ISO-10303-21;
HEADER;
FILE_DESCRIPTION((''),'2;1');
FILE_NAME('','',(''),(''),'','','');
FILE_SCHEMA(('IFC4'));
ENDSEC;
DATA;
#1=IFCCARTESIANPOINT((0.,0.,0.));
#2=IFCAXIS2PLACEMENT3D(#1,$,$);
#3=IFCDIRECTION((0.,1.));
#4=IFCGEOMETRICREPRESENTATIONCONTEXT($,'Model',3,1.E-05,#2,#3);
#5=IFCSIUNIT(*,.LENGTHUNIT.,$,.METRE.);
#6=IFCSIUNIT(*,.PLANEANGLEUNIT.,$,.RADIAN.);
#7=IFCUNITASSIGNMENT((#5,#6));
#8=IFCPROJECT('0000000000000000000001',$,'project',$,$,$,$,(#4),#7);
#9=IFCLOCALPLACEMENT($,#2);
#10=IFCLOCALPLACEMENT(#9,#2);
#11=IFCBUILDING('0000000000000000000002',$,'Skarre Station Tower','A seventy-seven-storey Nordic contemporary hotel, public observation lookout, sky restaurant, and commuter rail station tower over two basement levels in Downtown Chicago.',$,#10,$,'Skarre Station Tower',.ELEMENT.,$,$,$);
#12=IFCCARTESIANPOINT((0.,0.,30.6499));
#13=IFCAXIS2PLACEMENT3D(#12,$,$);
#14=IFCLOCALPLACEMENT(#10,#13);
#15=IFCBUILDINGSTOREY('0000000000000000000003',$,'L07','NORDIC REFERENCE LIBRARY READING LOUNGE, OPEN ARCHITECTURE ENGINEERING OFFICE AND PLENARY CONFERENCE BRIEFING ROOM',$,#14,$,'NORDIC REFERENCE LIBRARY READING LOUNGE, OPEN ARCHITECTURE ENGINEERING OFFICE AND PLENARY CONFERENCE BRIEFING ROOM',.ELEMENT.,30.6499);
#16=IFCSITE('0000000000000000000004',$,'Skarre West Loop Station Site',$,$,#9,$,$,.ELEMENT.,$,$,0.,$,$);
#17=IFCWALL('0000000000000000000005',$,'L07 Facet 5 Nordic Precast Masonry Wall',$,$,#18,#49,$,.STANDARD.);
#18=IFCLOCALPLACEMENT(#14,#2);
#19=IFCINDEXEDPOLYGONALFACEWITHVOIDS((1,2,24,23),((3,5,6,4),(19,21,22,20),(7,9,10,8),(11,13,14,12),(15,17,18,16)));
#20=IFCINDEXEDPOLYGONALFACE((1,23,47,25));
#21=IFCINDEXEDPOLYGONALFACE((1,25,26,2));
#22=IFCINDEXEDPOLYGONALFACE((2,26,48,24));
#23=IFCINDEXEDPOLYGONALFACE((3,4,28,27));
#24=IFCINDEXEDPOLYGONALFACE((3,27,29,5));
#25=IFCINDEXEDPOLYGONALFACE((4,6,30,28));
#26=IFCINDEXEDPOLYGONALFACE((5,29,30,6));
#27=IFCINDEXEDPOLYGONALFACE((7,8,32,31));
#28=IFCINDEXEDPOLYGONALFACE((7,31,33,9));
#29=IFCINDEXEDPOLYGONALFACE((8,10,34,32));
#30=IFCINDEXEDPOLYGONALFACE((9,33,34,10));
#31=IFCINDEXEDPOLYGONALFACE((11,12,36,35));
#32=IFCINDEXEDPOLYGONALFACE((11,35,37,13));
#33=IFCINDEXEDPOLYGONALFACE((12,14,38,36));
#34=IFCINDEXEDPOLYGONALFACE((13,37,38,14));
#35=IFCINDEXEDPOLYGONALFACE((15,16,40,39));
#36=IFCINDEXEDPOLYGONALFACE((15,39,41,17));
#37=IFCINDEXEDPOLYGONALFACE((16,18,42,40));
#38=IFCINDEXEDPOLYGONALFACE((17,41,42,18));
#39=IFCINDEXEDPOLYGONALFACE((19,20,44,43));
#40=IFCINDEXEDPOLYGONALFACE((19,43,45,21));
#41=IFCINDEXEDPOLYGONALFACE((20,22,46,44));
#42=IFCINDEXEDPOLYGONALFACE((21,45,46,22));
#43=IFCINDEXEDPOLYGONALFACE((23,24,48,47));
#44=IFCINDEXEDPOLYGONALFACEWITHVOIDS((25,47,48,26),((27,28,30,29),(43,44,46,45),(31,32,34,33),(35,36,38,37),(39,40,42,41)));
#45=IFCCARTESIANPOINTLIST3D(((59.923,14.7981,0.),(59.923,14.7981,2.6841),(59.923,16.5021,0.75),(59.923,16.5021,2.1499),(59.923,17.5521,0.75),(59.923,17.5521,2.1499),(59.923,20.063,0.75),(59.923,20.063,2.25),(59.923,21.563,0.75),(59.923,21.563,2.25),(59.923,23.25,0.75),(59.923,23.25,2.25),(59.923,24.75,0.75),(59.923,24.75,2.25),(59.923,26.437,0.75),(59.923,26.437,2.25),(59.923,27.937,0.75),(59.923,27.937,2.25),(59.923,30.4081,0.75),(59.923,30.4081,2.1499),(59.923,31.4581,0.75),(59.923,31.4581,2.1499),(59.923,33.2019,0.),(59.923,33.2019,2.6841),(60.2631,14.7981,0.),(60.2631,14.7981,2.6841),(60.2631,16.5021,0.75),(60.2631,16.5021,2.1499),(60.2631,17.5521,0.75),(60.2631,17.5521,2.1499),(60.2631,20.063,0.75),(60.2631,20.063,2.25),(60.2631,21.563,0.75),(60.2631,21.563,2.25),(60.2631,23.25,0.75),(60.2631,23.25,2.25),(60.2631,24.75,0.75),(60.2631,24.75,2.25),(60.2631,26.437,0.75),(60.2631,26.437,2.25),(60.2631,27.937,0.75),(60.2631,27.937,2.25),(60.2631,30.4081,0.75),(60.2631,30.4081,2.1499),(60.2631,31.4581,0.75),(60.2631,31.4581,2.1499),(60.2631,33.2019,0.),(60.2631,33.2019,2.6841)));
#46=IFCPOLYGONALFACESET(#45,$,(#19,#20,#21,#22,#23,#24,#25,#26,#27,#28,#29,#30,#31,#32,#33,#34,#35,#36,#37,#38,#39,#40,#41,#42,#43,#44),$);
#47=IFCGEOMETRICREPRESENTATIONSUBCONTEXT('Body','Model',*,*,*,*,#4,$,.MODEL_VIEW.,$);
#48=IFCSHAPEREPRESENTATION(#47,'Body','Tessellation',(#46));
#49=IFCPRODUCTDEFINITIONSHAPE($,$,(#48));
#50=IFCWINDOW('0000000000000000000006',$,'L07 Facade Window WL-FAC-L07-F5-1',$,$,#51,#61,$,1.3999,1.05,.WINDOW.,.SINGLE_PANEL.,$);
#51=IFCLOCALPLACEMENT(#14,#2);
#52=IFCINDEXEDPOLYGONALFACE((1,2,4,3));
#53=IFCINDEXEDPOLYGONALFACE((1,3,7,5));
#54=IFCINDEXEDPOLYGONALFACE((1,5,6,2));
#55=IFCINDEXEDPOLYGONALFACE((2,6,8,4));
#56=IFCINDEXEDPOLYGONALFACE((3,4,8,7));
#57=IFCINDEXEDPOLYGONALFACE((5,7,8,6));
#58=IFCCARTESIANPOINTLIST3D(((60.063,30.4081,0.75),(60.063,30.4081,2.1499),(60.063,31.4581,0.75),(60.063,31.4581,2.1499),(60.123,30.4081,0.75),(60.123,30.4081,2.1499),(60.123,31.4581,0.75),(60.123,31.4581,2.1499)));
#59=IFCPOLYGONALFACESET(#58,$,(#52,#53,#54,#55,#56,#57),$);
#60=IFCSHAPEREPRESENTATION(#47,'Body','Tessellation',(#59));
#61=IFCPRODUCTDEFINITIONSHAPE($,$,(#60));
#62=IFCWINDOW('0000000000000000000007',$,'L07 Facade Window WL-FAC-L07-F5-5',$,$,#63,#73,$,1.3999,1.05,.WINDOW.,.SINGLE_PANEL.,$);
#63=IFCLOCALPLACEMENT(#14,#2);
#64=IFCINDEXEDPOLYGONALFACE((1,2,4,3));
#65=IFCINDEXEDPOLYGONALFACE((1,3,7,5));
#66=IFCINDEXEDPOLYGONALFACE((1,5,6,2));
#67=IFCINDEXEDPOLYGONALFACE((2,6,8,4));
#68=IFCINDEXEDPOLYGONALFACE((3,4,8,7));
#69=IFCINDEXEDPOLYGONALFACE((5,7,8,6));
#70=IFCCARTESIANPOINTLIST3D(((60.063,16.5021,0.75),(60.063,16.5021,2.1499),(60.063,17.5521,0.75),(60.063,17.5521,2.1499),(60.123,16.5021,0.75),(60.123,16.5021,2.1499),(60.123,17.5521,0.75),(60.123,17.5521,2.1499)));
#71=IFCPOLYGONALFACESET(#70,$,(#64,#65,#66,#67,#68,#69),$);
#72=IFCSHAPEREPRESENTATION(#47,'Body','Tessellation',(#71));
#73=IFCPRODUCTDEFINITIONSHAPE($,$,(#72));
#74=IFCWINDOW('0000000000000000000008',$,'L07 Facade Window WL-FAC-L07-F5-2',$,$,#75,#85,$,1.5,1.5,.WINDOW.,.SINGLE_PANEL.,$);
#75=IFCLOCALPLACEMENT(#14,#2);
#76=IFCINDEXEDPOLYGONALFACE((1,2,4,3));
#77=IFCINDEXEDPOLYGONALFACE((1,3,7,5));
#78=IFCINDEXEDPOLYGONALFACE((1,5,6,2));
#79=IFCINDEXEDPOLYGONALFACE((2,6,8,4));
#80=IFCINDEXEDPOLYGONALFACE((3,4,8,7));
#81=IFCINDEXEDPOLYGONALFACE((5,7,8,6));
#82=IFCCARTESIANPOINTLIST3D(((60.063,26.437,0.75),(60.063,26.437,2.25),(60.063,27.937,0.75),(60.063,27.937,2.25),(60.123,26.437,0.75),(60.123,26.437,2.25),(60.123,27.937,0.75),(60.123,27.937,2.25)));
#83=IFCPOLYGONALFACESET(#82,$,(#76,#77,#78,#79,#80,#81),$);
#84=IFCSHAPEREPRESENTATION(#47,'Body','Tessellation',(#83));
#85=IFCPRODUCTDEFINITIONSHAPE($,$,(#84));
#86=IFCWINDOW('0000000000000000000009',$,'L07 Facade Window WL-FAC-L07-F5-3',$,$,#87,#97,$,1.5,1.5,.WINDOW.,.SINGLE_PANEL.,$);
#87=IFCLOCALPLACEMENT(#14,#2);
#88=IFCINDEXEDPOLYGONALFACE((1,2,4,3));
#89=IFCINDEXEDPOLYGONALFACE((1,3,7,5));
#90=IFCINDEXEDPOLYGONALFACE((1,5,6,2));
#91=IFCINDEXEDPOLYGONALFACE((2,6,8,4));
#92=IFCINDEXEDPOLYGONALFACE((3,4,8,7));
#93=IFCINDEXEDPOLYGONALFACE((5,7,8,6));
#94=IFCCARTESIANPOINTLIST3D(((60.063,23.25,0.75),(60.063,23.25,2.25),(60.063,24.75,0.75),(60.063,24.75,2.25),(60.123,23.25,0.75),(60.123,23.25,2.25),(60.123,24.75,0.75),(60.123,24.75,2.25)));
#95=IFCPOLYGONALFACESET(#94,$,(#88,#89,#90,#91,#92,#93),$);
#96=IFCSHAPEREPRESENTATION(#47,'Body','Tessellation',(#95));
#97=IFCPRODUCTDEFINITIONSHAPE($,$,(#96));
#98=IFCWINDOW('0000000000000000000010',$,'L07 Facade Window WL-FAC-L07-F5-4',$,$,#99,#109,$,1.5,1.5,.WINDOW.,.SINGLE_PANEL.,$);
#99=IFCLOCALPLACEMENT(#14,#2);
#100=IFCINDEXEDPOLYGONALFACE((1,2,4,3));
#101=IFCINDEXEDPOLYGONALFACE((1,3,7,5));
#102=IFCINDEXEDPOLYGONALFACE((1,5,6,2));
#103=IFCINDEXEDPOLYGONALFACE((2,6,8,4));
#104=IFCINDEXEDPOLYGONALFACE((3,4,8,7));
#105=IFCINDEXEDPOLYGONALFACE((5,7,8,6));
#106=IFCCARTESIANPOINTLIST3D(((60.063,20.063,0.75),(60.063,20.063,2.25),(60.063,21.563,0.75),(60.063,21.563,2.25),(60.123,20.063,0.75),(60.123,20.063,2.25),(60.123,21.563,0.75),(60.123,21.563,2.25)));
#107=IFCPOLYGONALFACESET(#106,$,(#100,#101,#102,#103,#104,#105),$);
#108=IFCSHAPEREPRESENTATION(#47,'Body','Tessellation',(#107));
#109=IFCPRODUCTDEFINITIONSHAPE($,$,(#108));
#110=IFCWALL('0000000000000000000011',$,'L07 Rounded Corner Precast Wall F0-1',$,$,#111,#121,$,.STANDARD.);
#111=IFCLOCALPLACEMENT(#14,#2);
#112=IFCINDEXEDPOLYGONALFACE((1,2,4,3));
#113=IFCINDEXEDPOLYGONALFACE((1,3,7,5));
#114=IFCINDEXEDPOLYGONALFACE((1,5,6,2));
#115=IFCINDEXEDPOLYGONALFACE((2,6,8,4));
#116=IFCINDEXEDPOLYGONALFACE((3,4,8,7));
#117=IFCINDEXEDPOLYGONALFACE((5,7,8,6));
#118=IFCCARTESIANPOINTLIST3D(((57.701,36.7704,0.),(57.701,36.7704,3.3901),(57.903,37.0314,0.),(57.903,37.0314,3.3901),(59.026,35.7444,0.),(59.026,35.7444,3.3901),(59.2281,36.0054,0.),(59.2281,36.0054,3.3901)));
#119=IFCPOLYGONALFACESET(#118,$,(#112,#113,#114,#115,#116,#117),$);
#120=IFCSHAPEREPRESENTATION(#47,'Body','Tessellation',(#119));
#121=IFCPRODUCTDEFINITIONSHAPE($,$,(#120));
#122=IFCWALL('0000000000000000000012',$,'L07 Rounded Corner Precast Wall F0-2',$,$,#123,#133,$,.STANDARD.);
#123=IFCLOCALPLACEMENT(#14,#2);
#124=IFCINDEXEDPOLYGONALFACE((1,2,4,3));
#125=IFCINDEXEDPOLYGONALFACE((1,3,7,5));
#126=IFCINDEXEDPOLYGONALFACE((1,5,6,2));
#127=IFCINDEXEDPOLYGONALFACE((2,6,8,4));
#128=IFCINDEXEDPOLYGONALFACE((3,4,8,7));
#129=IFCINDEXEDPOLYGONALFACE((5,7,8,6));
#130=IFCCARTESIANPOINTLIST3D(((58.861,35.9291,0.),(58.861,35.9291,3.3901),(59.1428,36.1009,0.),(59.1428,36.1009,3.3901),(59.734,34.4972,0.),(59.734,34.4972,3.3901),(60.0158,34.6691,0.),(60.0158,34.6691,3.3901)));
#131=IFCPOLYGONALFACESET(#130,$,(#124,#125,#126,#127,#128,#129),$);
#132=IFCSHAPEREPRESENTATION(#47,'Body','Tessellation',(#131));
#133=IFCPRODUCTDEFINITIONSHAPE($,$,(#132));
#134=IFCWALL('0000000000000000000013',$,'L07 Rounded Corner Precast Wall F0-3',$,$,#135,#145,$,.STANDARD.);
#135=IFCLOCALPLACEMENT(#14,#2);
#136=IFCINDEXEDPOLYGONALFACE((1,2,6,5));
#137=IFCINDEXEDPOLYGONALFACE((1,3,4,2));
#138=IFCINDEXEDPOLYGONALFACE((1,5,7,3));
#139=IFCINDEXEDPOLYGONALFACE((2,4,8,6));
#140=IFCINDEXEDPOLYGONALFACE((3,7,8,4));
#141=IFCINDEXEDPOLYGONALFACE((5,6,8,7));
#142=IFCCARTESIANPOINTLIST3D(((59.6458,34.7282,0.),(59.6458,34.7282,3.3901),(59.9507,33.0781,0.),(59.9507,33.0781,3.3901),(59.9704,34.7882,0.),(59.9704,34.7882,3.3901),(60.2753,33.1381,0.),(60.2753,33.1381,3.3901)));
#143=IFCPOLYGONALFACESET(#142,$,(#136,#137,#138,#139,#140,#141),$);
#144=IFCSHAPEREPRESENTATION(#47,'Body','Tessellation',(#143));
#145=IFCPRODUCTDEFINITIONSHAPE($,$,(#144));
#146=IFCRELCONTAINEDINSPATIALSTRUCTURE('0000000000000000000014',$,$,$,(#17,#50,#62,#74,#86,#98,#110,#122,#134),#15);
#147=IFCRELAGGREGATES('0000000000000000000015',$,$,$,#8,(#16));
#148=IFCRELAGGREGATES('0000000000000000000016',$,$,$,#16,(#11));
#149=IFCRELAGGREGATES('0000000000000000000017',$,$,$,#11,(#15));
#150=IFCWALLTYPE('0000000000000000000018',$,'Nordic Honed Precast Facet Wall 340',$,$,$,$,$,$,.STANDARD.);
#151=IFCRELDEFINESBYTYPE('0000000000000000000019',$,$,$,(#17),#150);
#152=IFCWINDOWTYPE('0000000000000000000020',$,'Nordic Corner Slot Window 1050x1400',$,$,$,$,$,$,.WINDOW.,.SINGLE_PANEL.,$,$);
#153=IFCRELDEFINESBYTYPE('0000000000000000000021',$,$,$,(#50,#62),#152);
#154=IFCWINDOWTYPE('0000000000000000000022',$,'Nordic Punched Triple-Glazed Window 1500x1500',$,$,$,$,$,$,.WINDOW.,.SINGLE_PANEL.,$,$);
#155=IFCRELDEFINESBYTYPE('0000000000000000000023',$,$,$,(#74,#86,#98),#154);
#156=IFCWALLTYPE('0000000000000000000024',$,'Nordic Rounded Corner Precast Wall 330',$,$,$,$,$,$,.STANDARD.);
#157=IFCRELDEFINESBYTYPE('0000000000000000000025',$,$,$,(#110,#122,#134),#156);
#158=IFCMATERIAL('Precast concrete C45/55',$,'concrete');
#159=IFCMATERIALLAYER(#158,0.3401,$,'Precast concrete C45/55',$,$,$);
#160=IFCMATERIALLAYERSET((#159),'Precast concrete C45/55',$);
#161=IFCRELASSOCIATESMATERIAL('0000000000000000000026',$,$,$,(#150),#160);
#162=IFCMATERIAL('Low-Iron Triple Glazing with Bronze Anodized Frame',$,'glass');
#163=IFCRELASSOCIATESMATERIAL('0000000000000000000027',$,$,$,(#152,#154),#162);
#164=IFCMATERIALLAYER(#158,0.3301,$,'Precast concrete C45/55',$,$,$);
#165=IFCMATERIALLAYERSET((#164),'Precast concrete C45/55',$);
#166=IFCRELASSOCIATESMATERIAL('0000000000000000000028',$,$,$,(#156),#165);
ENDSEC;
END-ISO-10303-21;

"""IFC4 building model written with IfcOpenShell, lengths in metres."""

from ifc_helpers import new_model, si_unit, direction, frame, frame_2d, origin, place, context, subcontext, project, spatial, rectangle, extrude, material, layer, layer_set, type_object, element, fill, save


model = new_model("IFC4")

# Units and contexts
model_context = context("Model", 3, precision=1e-05, world=origin(), true_north=direction((0.0, 1.0)))
body_context = subcontext(model_context, "Body", "Model", "MODEL_VIEW")
ifc_project = project(units=[si_unit("LENGTHUNIT", "METRE"), si_unit("PLANEANGLEUNIT", "RADIAN")], contexts=[model_context])

# Site, building, storey
site_placement = place(None, origin())
site = spatial("IfcSite", under=ifc_project, at=site_placement, Name="Skarre West Loop Station Site", CompositionType="ELEMENT", RefElevation=0.0)
building_placement = place(site_placement, origin())
building = spatial("IfcBuilding", under=site, at=building_placement, Name="Skarre Station Tower", Description="A seventy-seven-storey Nordic contemporary hotel, public observation lookout, sky restaurant, and commuter rail station tower over two basement levels in Downtown Chicago.", LongName="Skarre Station Tower", CompositionType="ELEMENT")
storey_placement = place(building_placement, frame((0.0, 0.0, 30.6499)))
storey = spatial("IfcBuildingStorey", under=building, at=storey_placement, Name="L07", Description="NORDIC REFERENCE LIBRARY READING LOUNGE, OPEN ARCHITECTURE ENGINEERING OFFICE AND PLENARY CONFERENCE BRIEFING ROOM", LongName="NORDIC REFERENCE LIBRARY READING LOUNGE, OPEN ARCHITECTURE ENGINEERING OFFICE AND PLENARY CONFERENCE BRIEFING ROOM", CompositionType="ELEMENT", Elevation=30.6499)

# Wall, openings, windows
ifc_material_1 = material(Name="Precast concrete C45/55", Category="concrete")
ifc_layer_1 = layer(ifc_material_1, 0.3401, Name="Precast concrete C45/55")
ifc_layer_set_1 = layer_set([ifc_layer_1], Name="Precast concrete C45/55")
wall_type_1 = type_object("IfcWallType", Name="Nordic Honed Precast Facet Wall 340", PredefinedType="STANDARD", material=ifc_layer_set_1)
wall_1_placement = place(storey_placement, frame((60.093, 33.2019, 0.0), z_axis=(0.0, 0.0, 1.0), x_axis=(0.0, -1.0, 0.0)))
wall_1 = element("IfcWall", 1, at=wall_1_placement, inside=storey, type_object=wall_type_1, Name="L07 Facet 5 Nordic Precast Masonry Wall", PredefinedType="STANDARD", context=body_context, shape_type="SweptSolid", body=[
    extrude(rectangle(XDim=18.4038, YDim=0.3401, at=frame_2d((9.2019, 0.0))), origin(), (0.0, 0.0, 1.0), 2.6841),
])
opening_1_placement = place(wall_1_placement, frame((1.7439, 0.0, 0.75)))
opening_1 = element("IfcOpeningElement", 2, at=opening_1_placement, cuts=wall_1, PredefinedType="OPENING", context=body_context, shape_type="SweptSolid", body=[
    extrude(rectangle(XDim=1.05, YDim=1.3999, at=frame_2d((0.5249, 0.7))), frame((0.0, 0.1799, 0.0), z_axis=(0.0, -1.0, 0.0), x_axis=(1.0, 0.0, 0.0)), (0.0, 0.0, 1.0), 0.3601),
])
opening_2_placement = place(wall_1_placement, frame((5.2649, 0.0, 0.75)))
opening_2 = element("IfcOpeningElement", 3, at=opening_2_placement, cuts=wall_1, PredefinedType="OPENING", context=body_context, shape_type="SweptSolid", body=[
    extrude(rectangle(XDim=1.5, YDim=1.5, at=frame_2d((0.75, 0.75))), frame((0.0, 0.1799, 0.0), z_axis=(0.0, -1.0, 0.0), x_axis=(1.0, 0.0, 0.0)), (0.0, 0.0, 1.0), 0.3601),
])
opening_3_placement = place(wall_1_placement, frame((8.4519, 0.0, 0.75)))
opening_3 = element("IfcOpeningElement", 4, at=opening_3_placement, cuts=wall_1, PredefinedType="OPENING", context=body_context, shape_type="SweptSolid", body=[
    extrude(rectangle(XDim=1.5, YDim=1.5, at=frame_2d((0.75, 0.75))), frame((0.0, 0.1799, 0.0), z_axis=(0.0, -1.0, 0.0), x_axis=(1.0, 0.0, 0.0)), (0.0, 0.0, 1.0), 0.3601),
])
opening_4_placement = place(wall_1_placement, frame((11.6389, 0.0, 0.75)))
opening_4 = element("IfcOpeningElement", 5, at=opening_4_placement, cuts=wall_1, PredefinedType="OPENING", context=body_context, shape_type="SweptSolid", body=[
    extrude(rectangle(XDim=1.5, YDim=1.5, at=frame_2d((0.75, 0.75))), frame((0.0, 0.1799, 0.0), z_axis=(0.0, -1.0, 0.0), x_axis=(1.0, 0.0, 0.0)), (0.0, 0.0, 1.0), 0.3601),
])
opening_5_placement = place(wall_1_placement, frame((15.6499, 0.0, 0.75)))
opening_5 = element("IfcOpeningElement", 6, at=opening_5_placement, cuts=wall_1, PredefinedType="OPENING", context=body_context, shape_type="SweptSolid", body=[
    extrude(rectangle(XDim=1.05, YDim=1.3999, at=frame_2d((0.5249, 0.7))), frame((0.0, 0.1799, 0.0), z_axis=(0.0, -1.0, 0.0), x_axis=(1.0, 0.0, 0.0)), (0.0, 0.0, 1.0), 0.3601),
])
ifc_material_2 = material(Name="Low-Iron Triple Glazing with Bronze Anodized Frame", Category="glass")
window_type_1 = type_object("IfcWindowType", Name="Nordic Corner Slot Window 1050x1400", PartitioningType="SINGLE_PANEL", PredefinedType="WINDOW", material=ifc_material_2)
window_1_placement = place(opening_1_placement, origin())
window_1 = element("IfcWindow", 7, at=window_1_placement, inside=storey, type_object=window_type_1, Name="L07 Facade Window WL-FAC-L07-F5-1", OverallHeight=1.3999, OverallWidth=1.05, PartitioningType="SINGLE_PANEL", PredefinedType="WINDOW", context=body_context, shape_type="SweptSolid", body=[
    extrude(rectangle(XDim=1.05, YDim=1.3999, at=frame_2d((0.5249, 0.7))), frame((0.0, 0.03, 0.0), z_axis=(0.0, -1.0, 0.0), x_axis=(1.0, 0.0, 0.0)), (0.0, 0.0, 1.0), 0.0601),
])
fill(opening_1, window_1)
window_2_placement = place(opening_5_placement, origin())
window_2 = element("IfcWindow", 8, at=window_2_placement, inside=storey, type_object=window_type_1, Name="L07 Facade Window WL-FAC-L07-F5-5", OverallHeight=1.3999, OverallWidth=1.05, PartitioningType="SINGLE_PANEL", PredefinedType="WINDOW", context=body_context, shape_type="SweptSolid", body=[
    extrude(rectangle(XDim=1.05, YDim=1.3999, at=frame_2d((0.5249, 0.7))), frame((0.0, 0.03, 0.0), z_axis=(0.0, -1.0, 0.0), x_axis=(1.0, 0.0, 0.0)), (0.0, 0.0, 1.0), 0.0601),
])
fill(opening_5, window_2)
window_type_2 = type_object("IfcWindowType", Name="Nordic Punched Triple-Glazed Window 1500x1500", PartitioningType="SINGLE_PANEL", PredefinedType="WINDOW", material=ifc_material_2)
window_3_placement = place(opening_2_placement, origin())
window_3 = element("IfcWindow", 9, at=window_3_placement, inside=storey, type_object=window_type_2, Name="L07 Facade Window WL-FAC-L07-F5-2", OverallHeight=1.5, OverallWidth=1.5, PartitioningType="SINGLE_PANEL", PredefinedType="WINDOW", context=body_context, shape_type="SweptSolid", body=[
    extrude(rectangle(XDim=1.5, YDim=1.5, at=frame_2d((0.75, 0.75))), frame((0.0, 0.03, 0.0), z_axis=(0.0, -1.0, 0.0), x_axis=(1.0, 0.0, 0.0)), (0.0, 0.0, 1.0), 0.0601),
])
fill(opening_2, window_3)
window_4_placement = place(opening_3_placement, origin())
window_4 = element("IfcWindow", 10, at=window_4_placement, inside=storey, type_object=window_type_2, Name="L07 Facade Window WL-FAC-L07-F5-3", OverallHeight=1.5, OverallWidth=1.5, PartitioningType="SINGLE_PANEL", PredefinedType="WINDOW", context=body_context, shape_type="SweptSolid", body=[
    extrude(rectangle(XDim=1.5, YDim=1.5, at=frame_2d((0.75, 0.75))), frame((0.0, 0.03, 0.0), z_axis=(0.0, -1.0, 0.0), x_axis=(1.0, 0.0, 0.0)), (0.0, 0.0, 1.0), 0.0601),
])
fill(opening_3, window_4)
window_5_placement = place(opening_4_placement, origin())
window_5 = element("IfcWindow", 11, at=window_5_placement, inside=storey, type_object=window_type_2, Name="L07 Facade Window WL-FAC-L07-F5-4", OverallHeight=1.5, OverallWidth=1.5, PartitioningType="SINGLE_PANEL", PredefinedType="WINDOW", context=body_context, shape_type="SweptSolid", body=[
    extrude(rectangle(XDim=1.5, YDim=1.5, at=frame_2d((0.75, 0.75))), frame((0.0, 0.03, 0.0), z_axis=(0.0, -1.0, 0.0), x_axis=(1.0, 0.0, 0.0)), (0.0, 0.0, 1.0), 0.0601),
])
fill(opening_4, window_5)

# Walls
ifc_layer_2 = layer(ifc_material_1, 0.3301, Name="Precast concrete C45/55")
ifc_layer_set_2 = layer_set([ifc_layer_2], Name="Precast concrete C45/55")
wall_type_2 = type_object("IfcWallType", Name="Nordic Rounded Corner Precast Wall 330", PredefinedType="STANDARD", material=ifc_layer_set_2)
wall_2_placement = place(storey_placement, frame((57.802, 36.9009, 0.0), z_axis=(0.0, 0.0, 1.0), x_axis=(0.790692, -0.612214, 0.0)))
element("IfcWall", 12, at=wall_2_placement, inside=storey, type_object=wall_type_2, Name="L07 Rounded Corner Precast Wall F0-1", PredefinedType="STANDARD", context=body_context, shape_type="SweptSolid", body=[
    extrude(rectangle(XDim=1.6758, YDim=0.3301, at=frame_2d((0.8379, 0.0))), origin(), (0.0, 0.0, 1.0), 3.3901),
])
wall_3_placement = place(storey_placement, frame((59.002, 36.0149, 0.0), z_axis=(0.0, 0.0, 1.0), x_axis=(0.520584, -0.85381, 0.0)))
element("IfcWall", 13, at=wall_3_placement, inside=storey, type_object=wall_type_2, Name="L07 Rounded Corner Precast Wall F0-2", PredefinedType="STANDARD", context=body_context, shape_type="SweptSolid", body=[
    extrude(rectangle(XDim=1.677, YDim=0.3301, at=frame_2d((0.8384, 0.0))), origin(), (0.0, 0.0, 1.0), 3.3901),
])
wall_4_placement = place(storey_placement, frame((59.8081, 34.7581, 0.0), z_axis=(0.0, 0.0, 1.0), x_axis=(0.181714, -0.983351, 0.0)))
element("IfcWall", 14, at=wall_4_placement, inside=storey, type_object=wall_type_2, Name="L07 Rounded Corner Precast Wall F0-3", PredefinedType="STANDARD", context=body_context, shape_type="SweptSolid", body=[
    extrude(rectangle(XDim=1.678, YDim=0.3301, at=frame_2d((0.8389, 0.0))), origin(), (0.0, 0.0, 1.0), 3.3901),
])

save(model, "model.ifc")
